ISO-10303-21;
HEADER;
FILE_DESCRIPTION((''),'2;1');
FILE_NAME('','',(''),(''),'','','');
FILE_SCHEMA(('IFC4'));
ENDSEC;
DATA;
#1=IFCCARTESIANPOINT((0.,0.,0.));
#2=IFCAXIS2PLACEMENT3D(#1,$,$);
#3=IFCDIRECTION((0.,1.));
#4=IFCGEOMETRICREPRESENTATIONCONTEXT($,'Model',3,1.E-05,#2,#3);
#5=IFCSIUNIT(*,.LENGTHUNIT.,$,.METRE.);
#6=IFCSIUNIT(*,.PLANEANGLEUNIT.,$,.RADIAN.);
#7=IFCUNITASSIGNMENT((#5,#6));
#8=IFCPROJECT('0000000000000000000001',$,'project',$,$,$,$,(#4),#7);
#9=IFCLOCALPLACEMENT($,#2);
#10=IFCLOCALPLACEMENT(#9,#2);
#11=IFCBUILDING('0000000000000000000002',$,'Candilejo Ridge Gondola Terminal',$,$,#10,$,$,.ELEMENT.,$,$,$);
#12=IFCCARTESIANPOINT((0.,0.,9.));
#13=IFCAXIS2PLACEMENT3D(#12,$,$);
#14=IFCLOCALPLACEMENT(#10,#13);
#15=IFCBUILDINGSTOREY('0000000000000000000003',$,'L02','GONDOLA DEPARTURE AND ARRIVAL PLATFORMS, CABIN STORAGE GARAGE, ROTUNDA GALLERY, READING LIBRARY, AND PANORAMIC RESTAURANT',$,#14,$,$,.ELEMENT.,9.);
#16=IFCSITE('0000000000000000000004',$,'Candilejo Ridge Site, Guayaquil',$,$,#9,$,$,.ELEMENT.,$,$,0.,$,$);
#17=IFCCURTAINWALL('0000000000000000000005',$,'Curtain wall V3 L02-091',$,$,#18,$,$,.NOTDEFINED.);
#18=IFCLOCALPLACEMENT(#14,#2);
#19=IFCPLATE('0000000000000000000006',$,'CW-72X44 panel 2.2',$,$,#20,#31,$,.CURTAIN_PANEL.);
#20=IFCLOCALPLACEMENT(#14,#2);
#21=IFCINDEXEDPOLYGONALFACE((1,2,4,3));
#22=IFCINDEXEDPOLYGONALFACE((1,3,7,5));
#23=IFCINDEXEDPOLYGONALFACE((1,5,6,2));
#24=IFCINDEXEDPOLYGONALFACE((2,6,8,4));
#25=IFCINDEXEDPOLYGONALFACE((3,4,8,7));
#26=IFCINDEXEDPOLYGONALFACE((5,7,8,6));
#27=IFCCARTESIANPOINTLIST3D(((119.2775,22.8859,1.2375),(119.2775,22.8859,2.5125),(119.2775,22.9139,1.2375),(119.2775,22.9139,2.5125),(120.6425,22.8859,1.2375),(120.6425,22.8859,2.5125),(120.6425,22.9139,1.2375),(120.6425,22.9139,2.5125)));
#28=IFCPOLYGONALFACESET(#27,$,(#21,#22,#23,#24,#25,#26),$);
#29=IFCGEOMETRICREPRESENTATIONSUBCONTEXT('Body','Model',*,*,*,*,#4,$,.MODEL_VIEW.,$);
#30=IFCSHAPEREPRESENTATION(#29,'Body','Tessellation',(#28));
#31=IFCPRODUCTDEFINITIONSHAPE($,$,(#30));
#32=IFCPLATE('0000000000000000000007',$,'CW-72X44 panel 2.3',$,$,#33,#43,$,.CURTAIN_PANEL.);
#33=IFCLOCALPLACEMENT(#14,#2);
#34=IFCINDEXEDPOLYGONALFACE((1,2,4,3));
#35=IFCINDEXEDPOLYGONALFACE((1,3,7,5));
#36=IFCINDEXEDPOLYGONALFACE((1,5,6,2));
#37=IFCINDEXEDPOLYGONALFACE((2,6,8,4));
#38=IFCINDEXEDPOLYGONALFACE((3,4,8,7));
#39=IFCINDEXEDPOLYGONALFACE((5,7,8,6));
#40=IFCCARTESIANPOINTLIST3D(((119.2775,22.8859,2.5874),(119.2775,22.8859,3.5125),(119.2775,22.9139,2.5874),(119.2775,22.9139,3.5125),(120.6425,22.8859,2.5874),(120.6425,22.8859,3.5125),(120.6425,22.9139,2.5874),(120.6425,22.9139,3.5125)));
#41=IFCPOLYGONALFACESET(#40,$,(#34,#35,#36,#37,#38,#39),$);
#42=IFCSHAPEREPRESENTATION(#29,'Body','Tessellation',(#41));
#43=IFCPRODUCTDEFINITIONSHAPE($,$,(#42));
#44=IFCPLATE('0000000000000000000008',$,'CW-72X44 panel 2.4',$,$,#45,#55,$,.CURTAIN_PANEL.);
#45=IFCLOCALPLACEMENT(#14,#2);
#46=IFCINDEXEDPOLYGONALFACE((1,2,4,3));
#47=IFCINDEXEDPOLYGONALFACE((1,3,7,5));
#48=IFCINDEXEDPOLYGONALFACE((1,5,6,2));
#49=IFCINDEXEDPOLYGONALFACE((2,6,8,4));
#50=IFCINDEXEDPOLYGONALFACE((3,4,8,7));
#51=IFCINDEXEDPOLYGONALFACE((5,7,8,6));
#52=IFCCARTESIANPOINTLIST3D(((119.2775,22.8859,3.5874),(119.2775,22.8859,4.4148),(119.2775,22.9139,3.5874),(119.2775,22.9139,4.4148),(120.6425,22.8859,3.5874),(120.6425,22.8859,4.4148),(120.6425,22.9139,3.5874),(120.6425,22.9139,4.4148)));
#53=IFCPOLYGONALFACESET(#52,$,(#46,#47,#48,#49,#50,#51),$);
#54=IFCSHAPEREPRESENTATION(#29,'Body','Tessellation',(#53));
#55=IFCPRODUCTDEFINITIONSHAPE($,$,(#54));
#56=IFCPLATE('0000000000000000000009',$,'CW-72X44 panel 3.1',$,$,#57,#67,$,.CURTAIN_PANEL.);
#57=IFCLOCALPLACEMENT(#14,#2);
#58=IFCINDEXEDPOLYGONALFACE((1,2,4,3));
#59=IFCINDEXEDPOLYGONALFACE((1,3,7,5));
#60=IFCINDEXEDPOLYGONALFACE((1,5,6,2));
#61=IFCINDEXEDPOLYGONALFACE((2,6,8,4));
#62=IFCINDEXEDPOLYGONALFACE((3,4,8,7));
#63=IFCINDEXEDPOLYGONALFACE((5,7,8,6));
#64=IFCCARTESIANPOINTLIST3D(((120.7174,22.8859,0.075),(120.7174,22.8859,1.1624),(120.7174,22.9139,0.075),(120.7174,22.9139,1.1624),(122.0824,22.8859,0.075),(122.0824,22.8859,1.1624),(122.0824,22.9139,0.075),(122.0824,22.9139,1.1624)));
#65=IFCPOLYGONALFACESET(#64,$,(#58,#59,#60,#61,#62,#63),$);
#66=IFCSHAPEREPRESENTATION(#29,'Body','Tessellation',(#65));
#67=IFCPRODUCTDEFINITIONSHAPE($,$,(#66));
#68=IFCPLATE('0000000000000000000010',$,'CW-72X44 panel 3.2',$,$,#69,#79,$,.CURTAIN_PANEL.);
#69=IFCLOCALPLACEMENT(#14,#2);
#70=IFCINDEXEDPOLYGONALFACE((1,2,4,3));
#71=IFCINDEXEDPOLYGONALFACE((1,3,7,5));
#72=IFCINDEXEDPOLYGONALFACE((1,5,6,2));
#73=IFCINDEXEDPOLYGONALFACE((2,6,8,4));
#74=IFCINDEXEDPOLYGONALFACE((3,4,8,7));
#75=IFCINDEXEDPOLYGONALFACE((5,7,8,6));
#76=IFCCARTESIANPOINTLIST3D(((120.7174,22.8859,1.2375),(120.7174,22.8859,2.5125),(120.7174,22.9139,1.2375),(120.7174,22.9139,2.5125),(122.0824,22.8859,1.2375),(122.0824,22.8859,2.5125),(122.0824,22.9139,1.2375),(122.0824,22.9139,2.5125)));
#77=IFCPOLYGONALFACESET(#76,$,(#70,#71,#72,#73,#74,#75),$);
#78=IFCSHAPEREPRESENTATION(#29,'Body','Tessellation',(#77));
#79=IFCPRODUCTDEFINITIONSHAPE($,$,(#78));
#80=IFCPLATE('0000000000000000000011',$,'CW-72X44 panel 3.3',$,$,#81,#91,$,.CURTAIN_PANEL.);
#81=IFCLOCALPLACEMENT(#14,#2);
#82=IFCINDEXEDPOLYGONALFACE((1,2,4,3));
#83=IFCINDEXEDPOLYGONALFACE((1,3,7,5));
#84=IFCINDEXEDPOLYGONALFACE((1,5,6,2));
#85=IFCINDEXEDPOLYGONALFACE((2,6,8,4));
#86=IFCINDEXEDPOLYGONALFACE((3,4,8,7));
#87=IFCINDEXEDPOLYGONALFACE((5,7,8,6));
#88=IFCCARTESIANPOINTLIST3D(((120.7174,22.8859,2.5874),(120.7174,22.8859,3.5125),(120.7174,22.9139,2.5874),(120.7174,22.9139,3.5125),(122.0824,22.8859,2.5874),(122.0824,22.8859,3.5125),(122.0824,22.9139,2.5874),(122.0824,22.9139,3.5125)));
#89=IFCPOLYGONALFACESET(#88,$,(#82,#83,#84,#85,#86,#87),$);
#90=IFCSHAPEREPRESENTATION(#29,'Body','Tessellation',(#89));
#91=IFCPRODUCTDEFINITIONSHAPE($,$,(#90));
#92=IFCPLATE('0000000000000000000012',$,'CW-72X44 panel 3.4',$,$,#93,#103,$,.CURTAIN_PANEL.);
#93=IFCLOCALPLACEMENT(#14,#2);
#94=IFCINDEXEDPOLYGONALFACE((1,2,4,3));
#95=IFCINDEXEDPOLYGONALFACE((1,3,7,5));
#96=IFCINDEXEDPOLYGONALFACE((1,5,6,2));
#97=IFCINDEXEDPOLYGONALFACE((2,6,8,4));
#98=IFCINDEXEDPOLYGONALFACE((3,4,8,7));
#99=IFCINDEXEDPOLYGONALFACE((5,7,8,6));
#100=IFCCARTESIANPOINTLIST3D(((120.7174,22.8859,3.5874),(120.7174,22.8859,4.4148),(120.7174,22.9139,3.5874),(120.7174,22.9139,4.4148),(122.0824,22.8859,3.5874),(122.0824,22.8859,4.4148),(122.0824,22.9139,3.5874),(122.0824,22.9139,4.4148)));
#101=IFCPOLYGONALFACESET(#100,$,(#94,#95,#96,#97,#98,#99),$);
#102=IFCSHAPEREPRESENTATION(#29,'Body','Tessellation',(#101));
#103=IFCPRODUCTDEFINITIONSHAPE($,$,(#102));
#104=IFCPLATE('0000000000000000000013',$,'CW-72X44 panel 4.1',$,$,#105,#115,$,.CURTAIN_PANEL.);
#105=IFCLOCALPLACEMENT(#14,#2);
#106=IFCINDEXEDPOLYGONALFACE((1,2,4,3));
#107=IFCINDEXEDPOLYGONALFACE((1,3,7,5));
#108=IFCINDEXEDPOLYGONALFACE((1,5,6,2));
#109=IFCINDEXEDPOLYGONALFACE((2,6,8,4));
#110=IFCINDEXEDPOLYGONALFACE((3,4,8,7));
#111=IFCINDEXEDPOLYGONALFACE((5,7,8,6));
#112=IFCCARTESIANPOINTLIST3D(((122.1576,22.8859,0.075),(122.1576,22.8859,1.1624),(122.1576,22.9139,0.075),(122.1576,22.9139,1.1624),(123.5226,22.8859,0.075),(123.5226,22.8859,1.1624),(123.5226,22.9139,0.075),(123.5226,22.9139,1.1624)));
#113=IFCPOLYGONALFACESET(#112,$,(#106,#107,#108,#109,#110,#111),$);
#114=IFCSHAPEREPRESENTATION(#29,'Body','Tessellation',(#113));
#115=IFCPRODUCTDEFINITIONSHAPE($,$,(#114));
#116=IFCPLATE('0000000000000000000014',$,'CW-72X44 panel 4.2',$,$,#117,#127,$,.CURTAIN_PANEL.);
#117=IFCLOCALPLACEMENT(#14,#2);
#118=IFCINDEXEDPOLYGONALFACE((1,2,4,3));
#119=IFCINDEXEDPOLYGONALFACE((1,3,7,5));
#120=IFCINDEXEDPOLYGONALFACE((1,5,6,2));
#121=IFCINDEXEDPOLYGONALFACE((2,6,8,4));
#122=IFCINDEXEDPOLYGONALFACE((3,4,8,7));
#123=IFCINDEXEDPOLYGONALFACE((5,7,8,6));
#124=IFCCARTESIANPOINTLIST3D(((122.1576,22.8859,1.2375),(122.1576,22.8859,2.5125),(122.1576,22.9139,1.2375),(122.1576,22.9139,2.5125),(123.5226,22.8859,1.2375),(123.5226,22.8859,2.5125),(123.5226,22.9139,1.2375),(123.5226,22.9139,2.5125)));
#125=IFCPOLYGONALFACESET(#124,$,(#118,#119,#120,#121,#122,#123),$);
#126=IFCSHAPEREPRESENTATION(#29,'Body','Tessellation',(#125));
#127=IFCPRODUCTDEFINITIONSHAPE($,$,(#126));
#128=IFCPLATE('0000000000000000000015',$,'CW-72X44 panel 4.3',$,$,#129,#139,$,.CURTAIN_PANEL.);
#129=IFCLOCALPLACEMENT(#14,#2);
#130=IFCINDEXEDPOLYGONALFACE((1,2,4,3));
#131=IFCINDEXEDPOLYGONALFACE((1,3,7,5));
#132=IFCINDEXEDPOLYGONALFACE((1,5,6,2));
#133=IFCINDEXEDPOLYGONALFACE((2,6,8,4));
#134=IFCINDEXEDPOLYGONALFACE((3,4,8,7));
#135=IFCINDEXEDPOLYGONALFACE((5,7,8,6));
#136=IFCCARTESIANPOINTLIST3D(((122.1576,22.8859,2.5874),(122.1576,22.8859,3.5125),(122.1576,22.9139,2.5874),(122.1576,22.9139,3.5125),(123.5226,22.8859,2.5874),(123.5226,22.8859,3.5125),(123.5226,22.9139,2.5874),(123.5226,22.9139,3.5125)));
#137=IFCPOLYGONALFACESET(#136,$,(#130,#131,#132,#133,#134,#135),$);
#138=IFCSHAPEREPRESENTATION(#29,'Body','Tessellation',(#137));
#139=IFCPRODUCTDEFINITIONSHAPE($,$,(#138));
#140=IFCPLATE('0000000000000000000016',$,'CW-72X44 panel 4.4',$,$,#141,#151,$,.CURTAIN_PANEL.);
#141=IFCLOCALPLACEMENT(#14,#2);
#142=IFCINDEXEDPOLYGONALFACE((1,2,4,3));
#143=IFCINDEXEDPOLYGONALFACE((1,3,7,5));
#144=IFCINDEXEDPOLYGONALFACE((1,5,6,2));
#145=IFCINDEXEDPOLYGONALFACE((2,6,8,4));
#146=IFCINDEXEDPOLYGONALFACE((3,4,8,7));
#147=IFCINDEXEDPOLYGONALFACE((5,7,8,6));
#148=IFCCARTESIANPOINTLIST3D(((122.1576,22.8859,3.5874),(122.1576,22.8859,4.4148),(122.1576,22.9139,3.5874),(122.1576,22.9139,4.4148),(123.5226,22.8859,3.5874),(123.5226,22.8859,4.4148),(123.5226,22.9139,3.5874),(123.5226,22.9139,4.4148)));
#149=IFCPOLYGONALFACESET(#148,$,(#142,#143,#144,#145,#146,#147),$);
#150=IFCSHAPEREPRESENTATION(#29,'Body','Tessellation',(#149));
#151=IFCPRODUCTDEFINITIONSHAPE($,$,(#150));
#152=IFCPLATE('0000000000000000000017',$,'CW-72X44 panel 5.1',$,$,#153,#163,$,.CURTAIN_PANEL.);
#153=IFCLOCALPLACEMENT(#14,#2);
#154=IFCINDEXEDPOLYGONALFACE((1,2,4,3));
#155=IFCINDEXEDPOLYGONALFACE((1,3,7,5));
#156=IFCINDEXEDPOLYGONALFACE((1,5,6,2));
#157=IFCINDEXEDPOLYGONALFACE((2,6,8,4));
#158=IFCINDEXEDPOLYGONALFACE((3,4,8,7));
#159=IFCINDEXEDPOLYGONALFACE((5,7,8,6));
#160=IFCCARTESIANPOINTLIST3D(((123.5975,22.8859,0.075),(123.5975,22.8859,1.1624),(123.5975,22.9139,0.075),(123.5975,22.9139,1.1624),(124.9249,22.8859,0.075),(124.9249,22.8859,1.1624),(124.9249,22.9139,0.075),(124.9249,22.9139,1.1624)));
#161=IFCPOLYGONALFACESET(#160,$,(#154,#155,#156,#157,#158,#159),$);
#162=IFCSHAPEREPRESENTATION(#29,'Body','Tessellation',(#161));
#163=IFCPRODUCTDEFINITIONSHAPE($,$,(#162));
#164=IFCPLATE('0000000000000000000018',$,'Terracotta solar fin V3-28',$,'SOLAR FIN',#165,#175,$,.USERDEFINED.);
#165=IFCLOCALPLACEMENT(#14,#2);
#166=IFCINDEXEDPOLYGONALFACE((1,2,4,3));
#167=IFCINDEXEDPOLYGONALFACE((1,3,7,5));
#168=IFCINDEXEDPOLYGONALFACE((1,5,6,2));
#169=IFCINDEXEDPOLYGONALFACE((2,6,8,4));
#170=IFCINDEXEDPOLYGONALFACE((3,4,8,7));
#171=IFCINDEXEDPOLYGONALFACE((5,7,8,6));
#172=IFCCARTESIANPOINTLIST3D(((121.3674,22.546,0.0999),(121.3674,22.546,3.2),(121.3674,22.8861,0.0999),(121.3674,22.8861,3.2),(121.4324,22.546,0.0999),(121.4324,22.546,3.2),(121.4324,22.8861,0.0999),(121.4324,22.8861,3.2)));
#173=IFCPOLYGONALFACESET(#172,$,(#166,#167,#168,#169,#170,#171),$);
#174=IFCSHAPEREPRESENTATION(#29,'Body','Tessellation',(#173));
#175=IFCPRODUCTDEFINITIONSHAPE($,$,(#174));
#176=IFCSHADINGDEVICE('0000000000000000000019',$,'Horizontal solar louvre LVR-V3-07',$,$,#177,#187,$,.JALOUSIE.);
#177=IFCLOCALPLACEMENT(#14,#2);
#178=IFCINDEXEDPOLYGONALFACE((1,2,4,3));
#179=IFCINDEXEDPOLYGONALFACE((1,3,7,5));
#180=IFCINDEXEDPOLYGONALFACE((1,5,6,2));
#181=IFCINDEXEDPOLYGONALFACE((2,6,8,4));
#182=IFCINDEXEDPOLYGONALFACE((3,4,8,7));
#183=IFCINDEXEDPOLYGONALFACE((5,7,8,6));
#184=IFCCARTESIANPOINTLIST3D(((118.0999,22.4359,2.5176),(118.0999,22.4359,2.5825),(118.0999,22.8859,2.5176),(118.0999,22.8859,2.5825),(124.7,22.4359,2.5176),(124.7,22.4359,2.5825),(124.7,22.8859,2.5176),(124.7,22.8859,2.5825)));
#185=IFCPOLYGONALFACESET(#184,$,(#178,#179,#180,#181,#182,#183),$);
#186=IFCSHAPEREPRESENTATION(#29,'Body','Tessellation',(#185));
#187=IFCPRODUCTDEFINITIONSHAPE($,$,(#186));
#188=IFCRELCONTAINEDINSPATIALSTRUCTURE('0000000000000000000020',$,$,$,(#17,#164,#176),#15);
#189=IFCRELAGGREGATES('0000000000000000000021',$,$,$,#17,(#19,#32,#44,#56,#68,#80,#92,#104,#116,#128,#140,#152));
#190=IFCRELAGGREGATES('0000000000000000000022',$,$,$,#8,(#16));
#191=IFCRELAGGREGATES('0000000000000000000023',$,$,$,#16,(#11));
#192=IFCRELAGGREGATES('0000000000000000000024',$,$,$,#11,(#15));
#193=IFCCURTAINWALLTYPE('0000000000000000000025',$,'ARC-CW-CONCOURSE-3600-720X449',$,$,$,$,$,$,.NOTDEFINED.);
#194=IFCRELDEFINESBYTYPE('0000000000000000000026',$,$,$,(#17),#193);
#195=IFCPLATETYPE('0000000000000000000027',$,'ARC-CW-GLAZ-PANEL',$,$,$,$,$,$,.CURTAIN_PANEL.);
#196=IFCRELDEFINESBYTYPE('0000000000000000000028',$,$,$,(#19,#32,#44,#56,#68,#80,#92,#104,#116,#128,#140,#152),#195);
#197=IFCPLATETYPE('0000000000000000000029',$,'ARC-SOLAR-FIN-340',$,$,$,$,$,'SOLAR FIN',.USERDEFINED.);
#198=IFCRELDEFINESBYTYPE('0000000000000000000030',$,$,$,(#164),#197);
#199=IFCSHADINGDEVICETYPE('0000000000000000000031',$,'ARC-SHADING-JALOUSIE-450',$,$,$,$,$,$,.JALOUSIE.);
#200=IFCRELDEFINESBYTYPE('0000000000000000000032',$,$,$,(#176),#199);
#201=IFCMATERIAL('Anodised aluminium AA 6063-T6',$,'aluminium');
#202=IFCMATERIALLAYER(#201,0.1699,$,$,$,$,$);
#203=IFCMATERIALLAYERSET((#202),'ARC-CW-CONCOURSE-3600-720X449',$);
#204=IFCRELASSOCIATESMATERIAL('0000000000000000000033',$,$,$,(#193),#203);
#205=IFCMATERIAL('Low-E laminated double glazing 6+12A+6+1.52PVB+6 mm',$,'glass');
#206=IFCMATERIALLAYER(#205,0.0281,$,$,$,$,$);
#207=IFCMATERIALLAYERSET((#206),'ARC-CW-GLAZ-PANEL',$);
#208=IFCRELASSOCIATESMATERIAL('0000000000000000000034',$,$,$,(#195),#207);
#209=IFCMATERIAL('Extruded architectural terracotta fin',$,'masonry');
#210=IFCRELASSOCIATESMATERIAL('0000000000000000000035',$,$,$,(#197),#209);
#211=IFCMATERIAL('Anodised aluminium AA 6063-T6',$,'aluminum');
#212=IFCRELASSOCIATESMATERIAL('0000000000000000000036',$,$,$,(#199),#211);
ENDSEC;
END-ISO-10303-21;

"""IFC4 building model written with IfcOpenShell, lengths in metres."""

from ifc_helpers import new_model, si_unit, direction, frame, origin, origin_2d, place, context, subcontext, project, spatial, rectangle, extrude, material, layer, layer_set, type_object, element, aggregate, save


model = new_model("IFC4")

# Units and contexts
model_context = context("Model", 3, precision=1e-05, world=origin(), true_north=direction((0.0, 1.0)))
body_context = subcontext(model_context, "Body", "Model", "MODEL_VIEW")
ifc_project = project(units=[si_unit("LENGTHUNIT", "METRE"), si_unit("PLANEANGLEUNIT", "RADIAN")], contexts=[model_context])

# Site, building, storey
site_placement = place(None, origin())
site = spatial("IfcSite", under=ifc_project, at=site_placement, Name="Candilejo Ridge Site, Guayaquil", CompositionType="ELEMENT", RefElevation=0.0)
building_placement = place(site_placement, origin())
building = spatial("IfcBuilding", under=site, at=building_placement, Name="Candilejo Ridge Gondola Terminal", CompositionType="ELEMENT")
storey_placement = place(building_placement, frame((0.0, 0.0, 9.0)))
storey = spatial("IfcBuildingStorey", under=building, at=storey_placement, Name="L02", Description="GONDOLA DEPARTURE AND ARRIVAL PLATFORMS, CABIN STORAGE GARAGE, ROTUNDA GALLERY, READING LIBRARY, AND PANORAMIC RESTAURANT", CompositionType="ELEMENT", Elevation=9.0)

# Curtain wall, plates
ifc_material_1 = material(Name="Anodised aluminium AA 6063-T6", Category="aluminium")
ifc_layer_1 = layer(ifc_material_1, 0.1699)
ifc_layer_set_1 = layer_set([ifc_layer_1], Name="ARC-CW-CONCOURSE-3600-720X449")
curtain_wall_type = type_object("IfcCurtainWallType", Name="ARC-CW-CONCOURSE-3600-720X449", PredefinedType="NOTDEFINED", material=ifc_layer_set_1)
curtain_wall_placement = place(storey_placement, origin())
curtain_wall = element("IfcCurtainWall", 1, at=curtain_wall_placement, inside=storey, type_object=curtain_wall_type, Name="Curtain wall V3 L02-091", PredefinedType="NOTDEFINED")
ifc_material_2 = material(Name="Low-E laminated double glazing 6+12A+6+1.52PVB+6 mm", Category="glass")
ifc_layer_2 = layer(ifc_material_2, 0.0281)
ifc_layer_set_2 = layer_set([ifc_layer_2], Name="ARC-CW-GLAZ-PANEL")
plate_type_1 = type_object("IfcPlateType", Name="ARC-CW-GLAZ-PANEL", PredefinedType="CURTAIN_PANEL", material=ifc_layer_set_2)
plate_1_placement = place(storey_placement, frame((119.96, 22.8999, 1.2375), z_axis=(0.0, 0.0, 1.0), x_axis=(1.0, 0.0, 0.0)))
plate_1 = element("IfcPlate", 2, at=plate_1_placement, type_object=plate_type_1, Name="CW-72X44 panel 2.2", PredefinedType="CURTAIN_PANEL", context=body_context, shape_type="SweptSolid", body=[
    extrude(rectangle(XDim=1.365, YDim=0.0281, at=origin_2d()), origin(), (0.0, 0.0, 1.0), 1.2749),
])
plate_2_placement = place(storey_placement, frame((119.96, 22.8999, 2.5874), z_axis=(0.0, 0.0, 1.0), x_axis=(1.0, 0.0, 0.0)))
plate_2 = element("IfcPlate", 3, at=plate_2_placement, type_object=plate_type_1, Name="CW-72X44 panel 2.3", PredefinedType="CURTAIN_PANEL", context=body_context, shape_type="SweptSolid", body=[
    extrude(rectangle(XDim=1.365, YDim=0.0281, at=origin_2d()), origin(), (0.0, 0.0, 1.0), 0.925),
])
plate_3_placement = place(storey_placement, frame((119.96, 22.8999, 3.5874), z_axis=(0.0, 0.0, 1.0), x_axis=(1.0, 0.0, 0.0)))
plate_3 = element("IfcPlate", 4, at=plate_3_placement, type_object=plate_type_1, Name="CW-72X44 panel 2.4", PredefinedType="CURTAIN_PANEL", context=body_context, shape_type="SweptSolid", body=[
    extrude(rectangle(XDim=1.365, YDim=0.0281, at=origin_2d()), origin(), (0.0, 0.0, 1.0), 0.8274),
])
plate_4_placement = place(storey_placement, frame((121.3999, 22.8999, 0.075), z_axis=(0.0, 0.0, 1.0), x_axis=(1.0, 0.0, 0.0)))
plate_4 = element("IfcPlate", 5, at=plate_4_placement, type_object=plate_type_1, Name="CW-72X44 panel 3.1", PredefinedType="CURTAIN_PANEL", context=body_context, shape_type="SweptSolid", body=[
    extrude(rectangle(XDim=1.365, YDim=0.0281, at=origin_2d()), origin(), (0.0, 0.0, 1.0), 1.0874),
])
plate_5_placement = place(storey_placement, frame((121.3999, 22.8999, 1.2375), z_axis=(0.0, 0.0, 1.0), x_axis=(1.0, 0.0, 0.0)))
plate_5 = element("IfcPlate", 6, at=plate_5_placement, type_object=plate_type_1, Name="CW-72X44 panel 3.2", PredefinedType="CURTAIN_PANEL", context=body_context, shape_type="SweptSolid", body=[
    extrude(rectangle(XDim=1.365, YDim=0.0281, at=origin_2d()), origin(), (0.0, 0.0, 1.0), 1.2749),
])
plate_6_placement = place(storey_placement, frame((121.3999, 22.8999, 2.5874), z_axis=(0.0, 0.0, 1.0), x_axis=(1.0, 0.0, 0.0)))
plate_6 = element("IfcPlate", 7, at=plate_6_placement, type_object=plate_type_1, Name="CW-72X44 panel 3.3", PredefinedType="CURTAIN_PANEL", context=body_context, shape_type="SweptSolid", body=[
    extrude(rectangle(XDim=1.365, YDim=0.0281, at=origin_2d()), origin(), (0.0, 0.0, 1.0), 0.925),
])
plate_7_placement = place(storey_placement, frame((121.3999, 22.8999, 3.5874), z_axis=(0.0, 0.0, 1.0), x_axis=(1.0, 0.0, 0.0)))
plate_7 = element("IfcPlate", 8, at=plate_7_placement, type_object=plate_type_1, Name="CW-72X44 panel 3.4", PredefinedType="CURTAIN_PANEL", context=body_context, shape_type="SweptSolid", body=[
    extrude(rectangle(XDim=1.365, YDim=0.0281, at=origin_2d()), origin(), (0.0, 0.0, 1.0), 0.8274),
])
plate_8_placement = place(storey_placement, frame((122.8401, 22.8999, 0.075), z_axis=(0.0, 0.0, 1.0), x_axis=(1.0, 0.0, 0.0)))
plate_8 = element("IfcPlate", 9, at=plate_8_placement, type_object=plate_type_1, Name="CW-72X44 panel 4.1", PredefinedType="CURTAIN_PANEL", context=body_context, shape_type="SweptSolid", body=[
    extrude(rectangle(XDim=1.365, YDim=0.0281, at=origin_2d()), origin(), (0.0, 0.0, 1.0), 1.0874),
])
plate_9_placement = place(storey_placement, frame((122.8401, 22.8999, 1.2375), z_axis=(0.0, 0.0, 1.0), x_axis=(1.0, 0.0, 0.0)))
plate_9 = element("IfcPlate", 10, at=plate_9_placement, type_object=plate_type_1, Name="CW-72X44 panel 4.2", PredefinedType="CURTAIN_PANEL", context=body_context, shape_type="SweptSolid", body=[
    extrude(rectangle(XDim=1.365, YDim=0.0281, at=origin_2d()), origin(), (0.0, 0.0, 1.0), 1.2749),
])
plate_10_placement = place(storey_placement, frame((122.8401, 22.8999, 2.5874), z_axis=(0.0, 0.0, 1.0), x_axis=(1.0, 0.0, 0.0)))
plate_10 = element("IfcPlate", 11, at=plate_10_placement, type_object=plate_type_1, Name="CW-72X44 panel 4.3", PredefinedType="CURTAIN_PANEL", context=body_context, shape_type="SweptSolid", body=[
    extrude(rectangle(XDim=1.365, YDim=0.0281, at=origin_2d()), origin(), (0.0, 0.0, 1.0), 0.925),
])
plate_11_placement = place(storey_placement, frame((122.8401, 22.8999, 3.5874), z_axis=(0.0, 0.0, 1.0), x_axis=(1.0, 0.0, 0.0)))
plate_11 = element("IfcPlate", 12, at=plate_11_placement, type_object=plate_type_1, Name="CW-72X44 panel 4.4", PredefinedType="CURTAIN_PANEL", context=body_context, shape_type="SweptSolid", body=[
    extrude(rectangle(XDim=1.365, YDim=0.0281, at=origin_2d()), origin(), (0.0, 0.0, 1.0), 0.8274),
])
plate_12_placement = place(storey_placement, frame((124.2612, 22.8999, 0.075), z_axis=(0.0, 0.0, 1.0), x_axis=(1.0, 0.0, 0.0)))
plate_12 = element("IfcPlate", 13, at=plate_12_placement, type_object=plate_type_1, Name="CW-72X44 panel 5.1", PredefinedType="CURTAIN_PANEL", context=body_context, shape_type="SweptSolid", body=[
    extrude(rectangle(XDim=1.3274, YDim=0.0281, at=origin_2d()), origin(), (0.0, 0.0, 1.0), 1.0874),
])
aggregate(curtain_wall, [plate_1, plate_2, plate_3, plate_4, plate_5, plate_6, plate_7, plate_8, plate_9, plate_10, plate_11, plate_12])

# Plate
ifc_material_3 = material(Name="Extruded architectural terracotta fin", Category="masonry")
plate_type_2 = type_object("IfcPlateType", Name="ARC-SOLAR-FIN-340", ElementType="SOLAR FIN", PredefinedType="USERDEFINED", material=ifc_material_3)
plate_13_placement = place(storey_placement, frame((121.3999, 22.7161, 0.0999), z_axis=(0.0, 0.0, 1.0), x_axis=(1.0, 0.0, 0.0)))
element("IfcPlate", 14, at=plate_13_placement, inside=storey, type_object=plate_type_2, Name="Terracotta solar fin V3-28", ObjectType="SOLAR FIN", PredefinedType="USERDEFINED", context=body_context, shape_type="SweptSolid", body=[
    extrude(rectangle(XDim=0.0649, YDim=0.3401, at=origin_2d()), origin(), (0.0, 0.0, 1.0), 3.1001),
])

# Shading device
ifc_material_4 = material(Name="Anodised aluminium AA 6063-T6", Category="aluminum")
shading_device_type = type_object("IfcShadingDeviceType", Name="ARC-SHADING-JALOUSIE-450", PredefinedType="JALOUSIE", material=ifc_material_4)
shading_device_placement = place(storey_placement, frame((121.3999, 22.6609, 2.5176)))
element("IfcShadingDevice", 15, at=shading_device_placement, inside=storey, type_object=shading_device_type, Name="Horizontal solar louvre LVR-V3-07", PredefinedType="JALOUSIE", context=body_context, shape_type="SweptSolid", body=[
    extrude(rectangle(XDim=6.6001, YDim=0.45, at=origin_2d()), origin(), (0.0, 0.0, 1.0), 0.0649),
])

save(model, "model.ifc")
